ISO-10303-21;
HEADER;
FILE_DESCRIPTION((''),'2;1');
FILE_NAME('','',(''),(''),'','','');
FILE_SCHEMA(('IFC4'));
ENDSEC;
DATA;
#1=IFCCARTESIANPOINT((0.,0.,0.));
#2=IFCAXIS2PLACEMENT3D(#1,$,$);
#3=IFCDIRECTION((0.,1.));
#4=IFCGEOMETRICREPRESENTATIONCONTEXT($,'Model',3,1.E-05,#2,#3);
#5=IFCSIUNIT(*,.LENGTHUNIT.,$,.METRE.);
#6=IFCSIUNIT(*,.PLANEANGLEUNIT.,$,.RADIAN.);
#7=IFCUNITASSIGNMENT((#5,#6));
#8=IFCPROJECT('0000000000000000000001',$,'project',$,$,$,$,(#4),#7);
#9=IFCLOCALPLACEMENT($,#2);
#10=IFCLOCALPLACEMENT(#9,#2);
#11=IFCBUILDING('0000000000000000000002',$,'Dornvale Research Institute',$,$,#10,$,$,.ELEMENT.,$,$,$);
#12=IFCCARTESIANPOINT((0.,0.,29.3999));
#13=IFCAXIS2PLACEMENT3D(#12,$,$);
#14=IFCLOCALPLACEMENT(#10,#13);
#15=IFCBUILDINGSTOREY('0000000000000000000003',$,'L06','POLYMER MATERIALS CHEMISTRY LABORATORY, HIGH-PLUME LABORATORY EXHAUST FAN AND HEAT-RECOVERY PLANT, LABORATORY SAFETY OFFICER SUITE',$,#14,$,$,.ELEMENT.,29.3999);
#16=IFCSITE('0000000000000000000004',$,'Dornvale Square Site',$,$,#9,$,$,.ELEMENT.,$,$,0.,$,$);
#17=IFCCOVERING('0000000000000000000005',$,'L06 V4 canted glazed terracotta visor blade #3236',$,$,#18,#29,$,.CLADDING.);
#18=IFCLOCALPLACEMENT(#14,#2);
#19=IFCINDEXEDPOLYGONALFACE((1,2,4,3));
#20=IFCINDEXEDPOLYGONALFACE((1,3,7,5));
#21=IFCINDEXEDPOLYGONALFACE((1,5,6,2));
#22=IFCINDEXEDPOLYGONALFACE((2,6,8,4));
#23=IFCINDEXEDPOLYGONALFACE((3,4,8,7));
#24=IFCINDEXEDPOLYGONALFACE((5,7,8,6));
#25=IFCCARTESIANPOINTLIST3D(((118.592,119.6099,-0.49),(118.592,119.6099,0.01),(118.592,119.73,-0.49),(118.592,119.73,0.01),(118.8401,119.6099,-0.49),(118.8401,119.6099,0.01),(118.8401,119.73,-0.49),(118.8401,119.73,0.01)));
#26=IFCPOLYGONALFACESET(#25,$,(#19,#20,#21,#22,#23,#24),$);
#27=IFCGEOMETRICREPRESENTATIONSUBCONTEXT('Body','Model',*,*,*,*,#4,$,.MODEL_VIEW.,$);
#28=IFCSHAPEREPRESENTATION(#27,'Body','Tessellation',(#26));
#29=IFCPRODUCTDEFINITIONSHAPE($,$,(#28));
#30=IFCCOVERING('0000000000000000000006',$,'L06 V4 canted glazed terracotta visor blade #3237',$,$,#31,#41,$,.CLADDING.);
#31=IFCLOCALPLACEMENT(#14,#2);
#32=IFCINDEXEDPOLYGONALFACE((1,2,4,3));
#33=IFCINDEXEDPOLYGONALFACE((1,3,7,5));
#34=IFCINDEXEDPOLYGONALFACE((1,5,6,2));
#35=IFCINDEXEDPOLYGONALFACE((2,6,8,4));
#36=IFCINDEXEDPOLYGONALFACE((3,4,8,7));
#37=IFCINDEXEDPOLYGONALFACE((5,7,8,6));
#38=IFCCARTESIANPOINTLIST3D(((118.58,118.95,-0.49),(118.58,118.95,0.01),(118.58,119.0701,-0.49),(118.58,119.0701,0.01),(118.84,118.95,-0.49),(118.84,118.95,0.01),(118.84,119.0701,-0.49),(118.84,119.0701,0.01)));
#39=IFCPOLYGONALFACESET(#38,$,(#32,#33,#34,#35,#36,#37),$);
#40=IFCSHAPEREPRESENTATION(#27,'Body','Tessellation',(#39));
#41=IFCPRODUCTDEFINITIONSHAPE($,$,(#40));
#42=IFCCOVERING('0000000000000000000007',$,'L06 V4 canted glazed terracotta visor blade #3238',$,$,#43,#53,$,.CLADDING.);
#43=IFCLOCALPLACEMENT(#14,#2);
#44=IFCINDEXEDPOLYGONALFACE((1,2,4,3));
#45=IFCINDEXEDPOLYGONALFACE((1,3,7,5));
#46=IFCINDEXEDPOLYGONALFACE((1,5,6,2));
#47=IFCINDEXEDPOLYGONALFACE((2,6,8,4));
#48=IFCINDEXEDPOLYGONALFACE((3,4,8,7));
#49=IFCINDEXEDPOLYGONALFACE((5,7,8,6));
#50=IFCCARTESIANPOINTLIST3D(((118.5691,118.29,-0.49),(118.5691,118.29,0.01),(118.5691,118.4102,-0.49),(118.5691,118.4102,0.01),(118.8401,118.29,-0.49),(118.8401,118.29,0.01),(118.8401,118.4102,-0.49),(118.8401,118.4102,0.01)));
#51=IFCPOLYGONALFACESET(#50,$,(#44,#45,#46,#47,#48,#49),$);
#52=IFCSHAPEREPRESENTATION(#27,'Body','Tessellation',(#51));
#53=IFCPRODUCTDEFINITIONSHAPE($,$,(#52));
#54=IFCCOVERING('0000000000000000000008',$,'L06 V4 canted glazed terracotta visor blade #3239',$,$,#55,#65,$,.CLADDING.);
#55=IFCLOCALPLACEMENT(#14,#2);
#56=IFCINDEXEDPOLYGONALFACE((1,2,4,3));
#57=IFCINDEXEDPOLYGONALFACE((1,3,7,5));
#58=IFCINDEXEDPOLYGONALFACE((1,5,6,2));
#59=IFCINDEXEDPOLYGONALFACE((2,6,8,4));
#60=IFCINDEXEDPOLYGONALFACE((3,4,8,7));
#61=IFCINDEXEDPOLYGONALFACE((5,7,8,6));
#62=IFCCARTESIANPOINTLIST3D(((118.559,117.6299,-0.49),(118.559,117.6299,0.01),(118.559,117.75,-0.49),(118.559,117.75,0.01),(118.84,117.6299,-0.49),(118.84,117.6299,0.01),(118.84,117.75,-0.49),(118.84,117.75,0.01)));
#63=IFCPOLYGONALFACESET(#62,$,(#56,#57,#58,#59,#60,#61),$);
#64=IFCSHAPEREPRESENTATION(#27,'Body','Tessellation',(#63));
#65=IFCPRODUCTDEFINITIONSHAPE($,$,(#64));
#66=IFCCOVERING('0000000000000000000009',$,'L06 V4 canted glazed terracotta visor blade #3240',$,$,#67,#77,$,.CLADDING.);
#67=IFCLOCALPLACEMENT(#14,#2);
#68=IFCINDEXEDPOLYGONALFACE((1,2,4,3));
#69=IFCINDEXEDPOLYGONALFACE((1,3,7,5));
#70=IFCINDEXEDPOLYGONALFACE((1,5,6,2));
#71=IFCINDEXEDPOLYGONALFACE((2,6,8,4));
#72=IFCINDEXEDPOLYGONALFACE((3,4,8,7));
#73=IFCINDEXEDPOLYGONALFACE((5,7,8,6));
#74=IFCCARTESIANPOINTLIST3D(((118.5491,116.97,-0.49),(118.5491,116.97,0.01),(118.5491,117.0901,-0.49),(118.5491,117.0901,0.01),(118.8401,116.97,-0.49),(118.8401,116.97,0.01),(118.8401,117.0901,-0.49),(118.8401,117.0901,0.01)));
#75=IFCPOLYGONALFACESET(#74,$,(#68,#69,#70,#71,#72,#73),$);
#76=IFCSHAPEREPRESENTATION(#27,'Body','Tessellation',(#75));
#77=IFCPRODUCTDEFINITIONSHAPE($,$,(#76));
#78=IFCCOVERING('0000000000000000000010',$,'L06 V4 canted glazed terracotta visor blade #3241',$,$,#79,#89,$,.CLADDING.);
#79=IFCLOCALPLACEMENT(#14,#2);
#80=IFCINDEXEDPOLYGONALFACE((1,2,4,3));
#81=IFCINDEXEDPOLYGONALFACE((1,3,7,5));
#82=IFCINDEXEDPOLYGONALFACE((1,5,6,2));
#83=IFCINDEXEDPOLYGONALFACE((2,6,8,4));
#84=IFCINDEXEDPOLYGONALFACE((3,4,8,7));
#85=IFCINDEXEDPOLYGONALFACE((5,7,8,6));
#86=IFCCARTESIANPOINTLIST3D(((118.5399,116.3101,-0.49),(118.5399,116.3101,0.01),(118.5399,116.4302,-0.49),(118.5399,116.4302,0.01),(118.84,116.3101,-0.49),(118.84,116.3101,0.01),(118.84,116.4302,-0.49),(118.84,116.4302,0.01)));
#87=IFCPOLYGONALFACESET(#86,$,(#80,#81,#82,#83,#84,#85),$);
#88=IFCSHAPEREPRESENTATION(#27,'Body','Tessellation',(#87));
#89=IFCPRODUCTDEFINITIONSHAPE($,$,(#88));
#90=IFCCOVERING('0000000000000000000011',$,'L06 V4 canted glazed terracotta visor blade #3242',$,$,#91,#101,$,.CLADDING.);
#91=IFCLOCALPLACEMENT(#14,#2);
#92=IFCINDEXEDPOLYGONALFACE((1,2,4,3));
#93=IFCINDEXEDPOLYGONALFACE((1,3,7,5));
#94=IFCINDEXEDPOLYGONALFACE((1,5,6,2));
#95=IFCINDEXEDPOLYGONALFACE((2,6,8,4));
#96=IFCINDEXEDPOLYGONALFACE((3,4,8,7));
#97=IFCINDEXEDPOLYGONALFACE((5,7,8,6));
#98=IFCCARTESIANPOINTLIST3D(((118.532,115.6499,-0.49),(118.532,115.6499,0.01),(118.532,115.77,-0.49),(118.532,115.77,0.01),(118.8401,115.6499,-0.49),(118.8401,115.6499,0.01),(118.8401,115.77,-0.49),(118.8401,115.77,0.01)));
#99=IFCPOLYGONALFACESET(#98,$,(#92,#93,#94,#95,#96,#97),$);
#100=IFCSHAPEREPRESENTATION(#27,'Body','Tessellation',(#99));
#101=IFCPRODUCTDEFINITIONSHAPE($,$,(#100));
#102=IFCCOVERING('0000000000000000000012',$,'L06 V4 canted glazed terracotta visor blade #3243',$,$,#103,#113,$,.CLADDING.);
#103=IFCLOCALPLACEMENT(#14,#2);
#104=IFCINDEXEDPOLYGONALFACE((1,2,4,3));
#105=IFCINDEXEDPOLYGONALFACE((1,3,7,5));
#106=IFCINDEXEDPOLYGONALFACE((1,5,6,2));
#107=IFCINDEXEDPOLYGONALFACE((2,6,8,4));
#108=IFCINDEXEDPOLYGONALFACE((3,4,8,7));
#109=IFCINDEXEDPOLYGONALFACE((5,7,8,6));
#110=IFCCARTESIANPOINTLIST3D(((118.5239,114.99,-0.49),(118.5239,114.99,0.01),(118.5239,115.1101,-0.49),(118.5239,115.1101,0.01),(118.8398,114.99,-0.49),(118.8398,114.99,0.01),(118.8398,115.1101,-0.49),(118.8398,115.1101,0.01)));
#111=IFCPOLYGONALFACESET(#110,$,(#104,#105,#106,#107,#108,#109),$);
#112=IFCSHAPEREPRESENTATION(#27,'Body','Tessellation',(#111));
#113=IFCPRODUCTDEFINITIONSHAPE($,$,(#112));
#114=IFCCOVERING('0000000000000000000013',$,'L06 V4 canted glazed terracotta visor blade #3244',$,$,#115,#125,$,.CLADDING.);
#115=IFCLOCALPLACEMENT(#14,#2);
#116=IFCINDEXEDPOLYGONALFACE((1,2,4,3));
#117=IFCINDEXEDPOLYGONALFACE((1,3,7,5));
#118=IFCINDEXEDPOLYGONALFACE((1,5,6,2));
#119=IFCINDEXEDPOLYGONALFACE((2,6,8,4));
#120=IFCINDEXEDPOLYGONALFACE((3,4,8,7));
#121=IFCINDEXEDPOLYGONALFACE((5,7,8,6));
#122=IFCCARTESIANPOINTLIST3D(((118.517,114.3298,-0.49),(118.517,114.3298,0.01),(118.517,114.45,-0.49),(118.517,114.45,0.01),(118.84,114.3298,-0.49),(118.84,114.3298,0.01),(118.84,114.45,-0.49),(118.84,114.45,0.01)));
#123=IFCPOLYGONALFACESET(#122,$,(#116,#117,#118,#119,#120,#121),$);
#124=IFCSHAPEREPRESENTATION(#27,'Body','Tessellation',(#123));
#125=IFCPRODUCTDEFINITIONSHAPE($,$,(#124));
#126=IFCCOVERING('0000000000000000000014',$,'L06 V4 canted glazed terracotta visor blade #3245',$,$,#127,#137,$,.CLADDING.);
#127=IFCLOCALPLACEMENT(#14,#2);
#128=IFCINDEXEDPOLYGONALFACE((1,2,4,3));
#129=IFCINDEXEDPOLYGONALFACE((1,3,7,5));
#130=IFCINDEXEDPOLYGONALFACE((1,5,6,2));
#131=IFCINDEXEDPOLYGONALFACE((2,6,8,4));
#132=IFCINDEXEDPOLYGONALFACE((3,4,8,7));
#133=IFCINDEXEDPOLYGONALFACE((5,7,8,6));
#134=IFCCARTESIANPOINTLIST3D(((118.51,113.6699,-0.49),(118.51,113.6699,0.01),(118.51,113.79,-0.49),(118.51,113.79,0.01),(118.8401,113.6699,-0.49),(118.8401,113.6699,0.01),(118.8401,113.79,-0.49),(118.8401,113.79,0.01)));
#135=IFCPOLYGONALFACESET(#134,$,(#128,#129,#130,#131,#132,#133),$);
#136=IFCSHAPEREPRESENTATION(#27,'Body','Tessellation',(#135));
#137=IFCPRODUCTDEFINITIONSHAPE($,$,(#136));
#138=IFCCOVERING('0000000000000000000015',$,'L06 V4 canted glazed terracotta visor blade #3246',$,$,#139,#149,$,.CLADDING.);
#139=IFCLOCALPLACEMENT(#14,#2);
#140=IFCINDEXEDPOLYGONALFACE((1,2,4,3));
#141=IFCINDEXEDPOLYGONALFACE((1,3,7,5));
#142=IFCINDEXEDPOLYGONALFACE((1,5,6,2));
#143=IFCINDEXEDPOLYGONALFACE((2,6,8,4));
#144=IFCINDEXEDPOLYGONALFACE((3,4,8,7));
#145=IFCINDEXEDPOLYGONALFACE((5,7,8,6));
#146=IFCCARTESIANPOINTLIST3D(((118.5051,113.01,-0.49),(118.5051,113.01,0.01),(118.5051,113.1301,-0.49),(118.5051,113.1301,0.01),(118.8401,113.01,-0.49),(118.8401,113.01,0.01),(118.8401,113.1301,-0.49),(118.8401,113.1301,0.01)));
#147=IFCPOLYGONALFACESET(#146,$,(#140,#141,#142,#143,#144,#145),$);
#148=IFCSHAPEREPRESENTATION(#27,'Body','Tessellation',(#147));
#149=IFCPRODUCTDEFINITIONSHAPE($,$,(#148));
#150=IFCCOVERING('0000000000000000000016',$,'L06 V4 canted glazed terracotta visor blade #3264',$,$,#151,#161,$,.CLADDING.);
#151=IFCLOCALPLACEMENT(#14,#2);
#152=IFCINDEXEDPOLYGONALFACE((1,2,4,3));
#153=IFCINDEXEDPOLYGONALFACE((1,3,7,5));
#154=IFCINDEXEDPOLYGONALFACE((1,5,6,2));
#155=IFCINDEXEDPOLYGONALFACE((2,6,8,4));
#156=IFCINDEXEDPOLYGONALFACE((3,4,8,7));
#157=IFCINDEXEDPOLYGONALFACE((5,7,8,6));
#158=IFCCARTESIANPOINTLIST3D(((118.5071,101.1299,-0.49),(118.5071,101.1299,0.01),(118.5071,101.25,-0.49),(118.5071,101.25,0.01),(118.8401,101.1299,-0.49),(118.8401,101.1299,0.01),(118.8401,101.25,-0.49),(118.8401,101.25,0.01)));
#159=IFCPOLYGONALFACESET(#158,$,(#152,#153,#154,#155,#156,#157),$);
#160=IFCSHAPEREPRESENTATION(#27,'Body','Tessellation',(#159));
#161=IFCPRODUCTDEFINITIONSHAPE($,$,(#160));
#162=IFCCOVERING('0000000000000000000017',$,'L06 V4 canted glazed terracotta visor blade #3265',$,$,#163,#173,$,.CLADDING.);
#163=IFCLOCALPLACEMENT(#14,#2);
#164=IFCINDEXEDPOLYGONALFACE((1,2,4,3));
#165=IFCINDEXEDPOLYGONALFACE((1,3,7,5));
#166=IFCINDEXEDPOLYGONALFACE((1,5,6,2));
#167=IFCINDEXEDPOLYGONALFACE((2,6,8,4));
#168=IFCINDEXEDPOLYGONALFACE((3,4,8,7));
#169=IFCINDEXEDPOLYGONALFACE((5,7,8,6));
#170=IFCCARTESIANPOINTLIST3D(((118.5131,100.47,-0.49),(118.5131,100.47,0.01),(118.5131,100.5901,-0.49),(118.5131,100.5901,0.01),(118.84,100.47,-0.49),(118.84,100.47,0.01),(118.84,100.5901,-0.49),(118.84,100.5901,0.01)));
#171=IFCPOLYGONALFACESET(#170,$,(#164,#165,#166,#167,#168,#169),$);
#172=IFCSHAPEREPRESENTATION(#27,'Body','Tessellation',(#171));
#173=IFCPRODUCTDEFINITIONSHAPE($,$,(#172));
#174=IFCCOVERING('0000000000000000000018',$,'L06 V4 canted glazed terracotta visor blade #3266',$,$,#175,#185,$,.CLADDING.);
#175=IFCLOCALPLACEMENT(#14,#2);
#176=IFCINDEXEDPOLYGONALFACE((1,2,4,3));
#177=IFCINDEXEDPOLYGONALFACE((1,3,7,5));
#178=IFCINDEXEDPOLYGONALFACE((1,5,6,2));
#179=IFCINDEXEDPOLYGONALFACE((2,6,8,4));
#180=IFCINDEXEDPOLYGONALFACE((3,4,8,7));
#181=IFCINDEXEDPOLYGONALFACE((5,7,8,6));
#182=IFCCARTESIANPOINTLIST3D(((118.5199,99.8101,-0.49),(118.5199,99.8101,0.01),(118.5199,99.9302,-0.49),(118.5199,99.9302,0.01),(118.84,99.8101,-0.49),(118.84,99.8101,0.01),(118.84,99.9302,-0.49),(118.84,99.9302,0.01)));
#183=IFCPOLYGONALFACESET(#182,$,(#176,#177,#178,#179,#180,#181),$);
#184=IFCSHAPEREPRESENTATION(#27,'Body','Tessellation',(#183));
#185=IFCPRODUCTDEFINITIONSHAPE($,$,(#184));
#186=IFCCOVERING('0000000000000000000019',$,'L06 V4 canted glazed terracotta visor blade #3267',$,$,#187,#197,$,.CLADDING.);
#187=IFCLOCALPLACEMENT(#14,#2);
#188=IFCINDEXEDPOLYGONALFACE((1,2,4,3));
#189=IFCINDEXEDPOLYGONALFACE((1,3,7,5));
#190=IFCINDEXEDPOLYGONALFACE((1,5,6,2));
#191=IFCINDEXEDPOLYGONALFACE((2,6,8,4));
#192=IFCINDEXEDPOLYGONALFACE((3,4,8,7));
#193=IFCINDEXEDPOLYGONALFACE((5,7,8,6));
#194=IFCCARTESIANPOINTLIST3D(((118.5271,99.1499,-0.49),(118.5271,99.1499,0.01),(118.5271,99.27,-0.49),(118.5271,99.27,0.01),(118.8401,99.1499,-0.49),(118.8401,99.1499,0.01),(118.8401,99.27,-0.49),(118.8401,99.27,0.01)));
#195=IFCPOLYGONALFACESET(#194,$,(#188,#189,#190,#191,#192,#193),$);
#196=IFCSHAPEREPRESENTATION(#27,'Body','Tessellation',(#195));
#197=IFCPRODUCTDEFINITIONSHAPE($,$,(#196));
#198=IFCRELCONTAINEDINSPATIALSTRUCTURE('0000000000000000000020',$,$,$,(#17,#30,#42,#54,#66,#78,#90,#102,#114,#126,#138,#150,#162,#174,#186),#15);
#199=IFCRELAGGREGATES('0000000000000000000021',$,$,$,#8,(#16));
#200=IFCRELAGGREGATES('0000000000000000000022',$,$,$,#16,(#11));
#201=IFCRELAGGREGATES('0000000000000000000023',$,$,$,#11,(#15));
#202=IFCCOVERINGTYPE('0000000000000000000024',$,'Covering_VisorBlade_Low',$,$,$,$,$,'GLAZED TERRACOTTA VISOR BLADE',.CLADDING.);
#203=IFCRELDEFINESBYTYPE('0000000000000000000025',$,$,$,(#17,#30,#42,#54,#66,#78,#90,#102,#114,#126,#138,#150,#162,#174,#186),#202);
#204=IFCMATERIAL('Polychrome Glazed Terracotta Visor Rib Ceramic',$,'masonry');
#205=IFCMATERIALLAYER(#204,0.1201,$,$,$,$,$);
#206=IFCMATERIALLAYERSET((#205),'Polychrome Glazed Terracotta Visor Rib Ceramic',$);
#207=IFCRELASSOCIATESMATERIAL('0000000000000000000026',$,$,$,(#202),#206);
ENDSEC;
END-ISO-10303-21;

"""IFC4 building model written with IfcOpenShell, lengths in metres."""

from ifc_helpers import new_model, si_unit, direction, frame, origin, origin_2d, place, context, subcontext, project, spatial, rectangle, extrude, material, layer, layer_set, type_object, element, save


model = new_model("IFC4")

# Units and contexts
model_context = context("Model", 3, precision=1e-05, world=origin(), true_north=direction((0.0, 1.0)))
body_context = subcontext(model_context, "Body", "Model", "MODEL_VIEW")
ifc_project = project(units=[si_unit("LENGTHUNIT", "METRE"), si_unit("PLANEANGLEUNIT", "RADIAN")], contexts=[model_context])

# Site, building, storey
site_placement = place(None, origin())
site = spatial("IfcSite", under=ifc_project, at=site_placement, Name="Dornvale Square Site", CompositionType="ELEMENT", RefElevation=0.0)
building_placement = place(site_placement, origin())
building = spatial("IfcBuilding", under=site, at=building_placement, Name="Dornvale Research Institute", CompositionType="ELEMENT")
storey_placement = place(building_placement, frame((0.0, 0.0, 29.3999)))
storey = spatial("IfcBuildingStorey", under=building, at=storey_placement, Name="L06", Description="POLYMER MATERIALS CHEMISTRY LABORATORY, HIGH-PLUME LABORATORY EXHAUST FAN AND HEAT-RECOVERY PLANT, LABORATORY SAFETY OFFICER SUITE", CompositionType="ELEMENT", Elevation=29.3999)

# Coverings
ifc_material = material(Name="Polychrome Glazed Terracotta Visor Rib Ceramic", Category="masonry")
ifc_layer = layer(ifc_material, 0.1201)
ifc_layer_set = layer_set([ifc_layer], Name="Polychrome Glazed Terracotta Visor Rib Ceramic")
covering_type = type_object("IfcCoveringType", Name="Covering_VisorBlade_Low", ElementType="GLAZED TERRACOTTA VISOR BLADE", PredefinedType="CLADDING", material=ifc_layer_set)
covering_1_placement = place(storey_placement, frame((118.7161, 119.6699, -0.49), z_axis=(0.0, 0.0, 1.0), x_axis=(1.0, 0.0, 0.0)))
element("IfcCovering", 1, at=covering_1_placement, inside=storey, type_object=covering_type, Name="L06 V4 canted glazed terracotta visor blade #3236", PredefinedType="CLADDING", context=body_context, shape_type="SweptSolid", body=[
    extrude(rectangle(XDim=0.248, YDim=0.1201, at=origin_2d()), origin(), (0.0, 0.0, 1.0), 0.5),
])
covering_2_placement = place(storey_placement, frame((118.71, 119.01, -0.49), z_axis=(0.0, 0.0, 1.0), x_axis=(1.0, 0.0, 0.0)))
element("IfcCovering", 2, at=covering_2_placement, inside=storey, type_object=covering_type, Name="L06 V4 canted glazed terracotta visor blade #3237", PredefinedType="CLADDING", context=body_context, shape_type="SweptSolid", body=[
    extrude(rectangle(XDim=0.26, YDim=0.1201, at=origin_2d()), origin(), (0.0, 0.0, 1.0), 0.5),
])
covering_3_placement = place(storey_placement, frame((118.7046, 118.3501, -0.49), z_axis=(0.0, 0.0, 1.0), x_axis=(1.0, 0.0, 0.0)))
element("IfcCovering", 3, at=covering_3_placement, inside=storey, type_object=covering_type, Name="L06 V4 canted glazed terracotta visor blade #3238", PredefinedType="CLADDING", context=body_context, shape_type="SweptSolid", body=[
    extrude(rectangle(XDim=0.271, YDim=0.1201, at=origin_2d()), origin(), (0.0, 0.0, 1.0), 0.5),
])
covering_4_placement = place(storey_placement, frame((118.6995, 117.6899, -0.49), z_axis=(0.0, 0.0, 1.0), x_axis=(1.0, 0.0, 0.0)))
element("IfcCovering", 4, at=covering_4_placement, inside=storey, type_object=covering_type, Name="L06 V4 canted glazed terracotta visor blade #3239", PredefinedType="CLADDING", context=body_context, shape_type="SweptSolid", body=[
    extrude(rectangle(XDim=0.281, YDim=0.1201, at=origin_2d()), origin(), (0.0, 0.0, 1.0), 0.5),
])
covering_5_placement = place(storey_placement, frame((118.6946, 117.03, -0.49), z_axis=(0.0, 0.0, 1.0), x_axis=(1.0, 0.0, 0.0)))
element("IfcCovering", 5, at=covering_5_placement, inside=storey, type_object=covering_type, Name="L06 V4 canted glazed terracotta visor blade #3240", PredefinedType="CLADDING", context=body_context, shape_type="SweptSolid", body=[
    extrude(rectangle(XDim=0.291, YDim=0.1201, at=origin_2d()), origin(), (0.0, 0.0, 1.0), 0.5),
])
covering_6_placement = place(storey_placement, frame((118.6899, 116.3701, -0.49), z_axis=(0.0, 0.0, 1.0), x_axis=(1.0, 0.0, 0.0)))
element("IfcCovering", 6, at=covering_6_placement, inside=storey, type_object=covering_type, Name="L06 V4 canted glazed terracotta visor blade #3241", PredefinedType="CLADDING", context=body_context, shape_type="SweptSolid", body=[
    extrude(rectangle(XDim=0.3, YDim=0.1201, at=origin_2d()), origin(), (0.0, 0.0, 1.0), 0.5),
])
covering_7_placement = place(storey_placement, frame((118.686, 115.71, -0.49), z_axis=(0.0, 0.0, 1.0), x_axis=(1.0, 0.0, 0.0)))
element("IfcCovering", 7, at=covering_7_placement, inside=storey, type_object=covering_type, Name="L06 V4 canted glazed terracotta visor blade #3242", PredefinedType="CLADDING", context=body_context, shape_type="SweptSolid", body=[
    extrude(rectangle(XDim=0.3081, YDim=0.1201, at=origin_2d()), origin(), (0.0, 0.0, 1.0), 0.5),
])
covering_8_placement = place(storey_placement, frame((118.6819, 115.05, -0.49), z_axis=(0.0, 0.0, 1.0), x_axis=(1.0, 0.0, 0.0)))
element("IfcCovering", 8, at=covering_8_placement, inside=storey, type_object=covering_type, Name="L06 V4 canted glazed terracotta visor blade #3243", PredefinedType="CLADDING", context=body_context, shape_type="SweptSolid", body=[
    extrude(rectangle(XDim=0.3159, YDim=0.1201, at=origin_2d()), origin(), (0.0, 0.0, 1.0), 0.5),
])
covering_9_placement = place(storey_placement, frame((118.6785, 114.3899, -0.49), z_axis=(0.0, 0.0, 1.0), x_axis=(1.0, 0.0, 0.0)))
element("IfcCovering", 9, at=covering_9_placement, inside=storey, type_object=covering_type, Name="L06 V4 canted glazed terracotta visor blade #3244", PredefinedType="CLADDING", context=body_context, shape_type="SweptSolid", body=[
    extrude(rectangle(XDim=0.323, YDim=0.1201, at=origin_2d()), origin(), (0.0, 0.0, 1.0), 0.5),
])
covering_10_placement = place(storey_placement, frame((118.675, 113.73, -0.49), z_axis=(0.0, 0.0, 1.0), x_axis=(1.0, 0.0, 0.0)))
element("IfcCovering", 10, at=covering_10_placement, inside=storey, type_object=covering_type, Name="L06 V4 canted glazed terracotta visor blade #3245", PredefinedType="CLADDING", context=body_context, shape_type="SweptSolid", body=[
    extrude(rectangle(XDim=0.3301, YDim=0.1201, at=origin_2d()), origin(), (0.0, 0.0, 1.0), 0.5),
])
covering_11_placement = place(storey_placement, frame((118.6726, 113.0701, -0.49), z_axis=(0.0, 0.0, 1.0), x_axis=(1.0, 0.0, 0.0)))
element("IfcCovering", 11, at=covering_11_placement, inside=storey, type_object=covering_type, Name="L06 V4 canted glazed terracotta visor blade #3246", PredefinedType="CLADDING", context=body_context, shape_type="SweptSolid", body=[
    extrude(rectangle(XDim=0.335, YDim=0.1201, at=origin_2d()), origin(), (0.0, 0.0, 1.0), 0.5),
])
covering_12_placement = place(storey_placement, frame((118.6736, 101.1899, -0.49), z_axis=(0.0, 0.0, 1.0), x_axis=(1.0, 0.0, 0.0)))
element("IfcCovering", 12, at=covering_12_placement, inside=storey, type_object=covering_type, Name="L06 V4 canted glazed terracotta visor blade #3264", PredefinedType="CLADDING", context=body_context, shape_type="SweptSolid", body=[
    extrude(rectangle(XDim=0.333, YDim=0.1201, at=origin_2d()), origin(), (0.0, 0.0, 1.0), 0.5),
])
covering_13_placement = place(storey_placement, frame((118.6765, 100.53, -0.49), z_axis=(0.0, 0.0, 1.0), x_axis=(1.0, 0.0, 0.0)))
element("IfcCovering", 13, at=covering_13_placement, inside=storey, type_object=covering_type, Name="L06 V4 canted glazed terracotta visor blade #3265", PredefinedType="CLADDING", context=body_context, shape_type="SweptSolid", body=[
    extrude(rectangle(XDim=0.3269, YDim=0.1201, at=origin_2d()), origin(), (0.0, 0.0, 1.0), 0.5),
])
covering_14_placement = place(storey_placement, frame((118.6799, 99.8701, -0.49), z_axis=(0.0, 0.0, 1.0), x_axis=(1.0, 0.0, 0.0)))
element("IfcCovering", 14, at=covering_14_placement, inside=storey, type_object=covering_type, Name="L06 V4 canted glazed terracotta visor blade #3266", PredefinedType="CLADDING", context=body_context, shape_type="SweptSolid", body=[
    extrude(rectangle(XDim=0.3201, YDim=0.1201, at=origin_2d()), origin(), (0.0, 0.0, 1.0), 0.5),
])
covering_15_placement = place(storey_placement, frame((118.6836, 99.21, -0.49), z_axis=(0.0, 0.0, 1.0), x_axis=(1.0, 0.0, 0.0)))
element("IfcCovering", 15, at=covering_15_placement, inside=storey, type_object=covering_type, Name="L06 V4 canted glazed terracotta visor blade #3267", PredefinedType="CLADDING", context=body_context, shape_type="SweptSolid", body=[
    extrude(rectangle(XDim=0.313, YDim=0.1201, at=origin_2d()), origin(), (0.0, 0.0, 1.0), 0.5),
])

save(model, "model.ifc")
